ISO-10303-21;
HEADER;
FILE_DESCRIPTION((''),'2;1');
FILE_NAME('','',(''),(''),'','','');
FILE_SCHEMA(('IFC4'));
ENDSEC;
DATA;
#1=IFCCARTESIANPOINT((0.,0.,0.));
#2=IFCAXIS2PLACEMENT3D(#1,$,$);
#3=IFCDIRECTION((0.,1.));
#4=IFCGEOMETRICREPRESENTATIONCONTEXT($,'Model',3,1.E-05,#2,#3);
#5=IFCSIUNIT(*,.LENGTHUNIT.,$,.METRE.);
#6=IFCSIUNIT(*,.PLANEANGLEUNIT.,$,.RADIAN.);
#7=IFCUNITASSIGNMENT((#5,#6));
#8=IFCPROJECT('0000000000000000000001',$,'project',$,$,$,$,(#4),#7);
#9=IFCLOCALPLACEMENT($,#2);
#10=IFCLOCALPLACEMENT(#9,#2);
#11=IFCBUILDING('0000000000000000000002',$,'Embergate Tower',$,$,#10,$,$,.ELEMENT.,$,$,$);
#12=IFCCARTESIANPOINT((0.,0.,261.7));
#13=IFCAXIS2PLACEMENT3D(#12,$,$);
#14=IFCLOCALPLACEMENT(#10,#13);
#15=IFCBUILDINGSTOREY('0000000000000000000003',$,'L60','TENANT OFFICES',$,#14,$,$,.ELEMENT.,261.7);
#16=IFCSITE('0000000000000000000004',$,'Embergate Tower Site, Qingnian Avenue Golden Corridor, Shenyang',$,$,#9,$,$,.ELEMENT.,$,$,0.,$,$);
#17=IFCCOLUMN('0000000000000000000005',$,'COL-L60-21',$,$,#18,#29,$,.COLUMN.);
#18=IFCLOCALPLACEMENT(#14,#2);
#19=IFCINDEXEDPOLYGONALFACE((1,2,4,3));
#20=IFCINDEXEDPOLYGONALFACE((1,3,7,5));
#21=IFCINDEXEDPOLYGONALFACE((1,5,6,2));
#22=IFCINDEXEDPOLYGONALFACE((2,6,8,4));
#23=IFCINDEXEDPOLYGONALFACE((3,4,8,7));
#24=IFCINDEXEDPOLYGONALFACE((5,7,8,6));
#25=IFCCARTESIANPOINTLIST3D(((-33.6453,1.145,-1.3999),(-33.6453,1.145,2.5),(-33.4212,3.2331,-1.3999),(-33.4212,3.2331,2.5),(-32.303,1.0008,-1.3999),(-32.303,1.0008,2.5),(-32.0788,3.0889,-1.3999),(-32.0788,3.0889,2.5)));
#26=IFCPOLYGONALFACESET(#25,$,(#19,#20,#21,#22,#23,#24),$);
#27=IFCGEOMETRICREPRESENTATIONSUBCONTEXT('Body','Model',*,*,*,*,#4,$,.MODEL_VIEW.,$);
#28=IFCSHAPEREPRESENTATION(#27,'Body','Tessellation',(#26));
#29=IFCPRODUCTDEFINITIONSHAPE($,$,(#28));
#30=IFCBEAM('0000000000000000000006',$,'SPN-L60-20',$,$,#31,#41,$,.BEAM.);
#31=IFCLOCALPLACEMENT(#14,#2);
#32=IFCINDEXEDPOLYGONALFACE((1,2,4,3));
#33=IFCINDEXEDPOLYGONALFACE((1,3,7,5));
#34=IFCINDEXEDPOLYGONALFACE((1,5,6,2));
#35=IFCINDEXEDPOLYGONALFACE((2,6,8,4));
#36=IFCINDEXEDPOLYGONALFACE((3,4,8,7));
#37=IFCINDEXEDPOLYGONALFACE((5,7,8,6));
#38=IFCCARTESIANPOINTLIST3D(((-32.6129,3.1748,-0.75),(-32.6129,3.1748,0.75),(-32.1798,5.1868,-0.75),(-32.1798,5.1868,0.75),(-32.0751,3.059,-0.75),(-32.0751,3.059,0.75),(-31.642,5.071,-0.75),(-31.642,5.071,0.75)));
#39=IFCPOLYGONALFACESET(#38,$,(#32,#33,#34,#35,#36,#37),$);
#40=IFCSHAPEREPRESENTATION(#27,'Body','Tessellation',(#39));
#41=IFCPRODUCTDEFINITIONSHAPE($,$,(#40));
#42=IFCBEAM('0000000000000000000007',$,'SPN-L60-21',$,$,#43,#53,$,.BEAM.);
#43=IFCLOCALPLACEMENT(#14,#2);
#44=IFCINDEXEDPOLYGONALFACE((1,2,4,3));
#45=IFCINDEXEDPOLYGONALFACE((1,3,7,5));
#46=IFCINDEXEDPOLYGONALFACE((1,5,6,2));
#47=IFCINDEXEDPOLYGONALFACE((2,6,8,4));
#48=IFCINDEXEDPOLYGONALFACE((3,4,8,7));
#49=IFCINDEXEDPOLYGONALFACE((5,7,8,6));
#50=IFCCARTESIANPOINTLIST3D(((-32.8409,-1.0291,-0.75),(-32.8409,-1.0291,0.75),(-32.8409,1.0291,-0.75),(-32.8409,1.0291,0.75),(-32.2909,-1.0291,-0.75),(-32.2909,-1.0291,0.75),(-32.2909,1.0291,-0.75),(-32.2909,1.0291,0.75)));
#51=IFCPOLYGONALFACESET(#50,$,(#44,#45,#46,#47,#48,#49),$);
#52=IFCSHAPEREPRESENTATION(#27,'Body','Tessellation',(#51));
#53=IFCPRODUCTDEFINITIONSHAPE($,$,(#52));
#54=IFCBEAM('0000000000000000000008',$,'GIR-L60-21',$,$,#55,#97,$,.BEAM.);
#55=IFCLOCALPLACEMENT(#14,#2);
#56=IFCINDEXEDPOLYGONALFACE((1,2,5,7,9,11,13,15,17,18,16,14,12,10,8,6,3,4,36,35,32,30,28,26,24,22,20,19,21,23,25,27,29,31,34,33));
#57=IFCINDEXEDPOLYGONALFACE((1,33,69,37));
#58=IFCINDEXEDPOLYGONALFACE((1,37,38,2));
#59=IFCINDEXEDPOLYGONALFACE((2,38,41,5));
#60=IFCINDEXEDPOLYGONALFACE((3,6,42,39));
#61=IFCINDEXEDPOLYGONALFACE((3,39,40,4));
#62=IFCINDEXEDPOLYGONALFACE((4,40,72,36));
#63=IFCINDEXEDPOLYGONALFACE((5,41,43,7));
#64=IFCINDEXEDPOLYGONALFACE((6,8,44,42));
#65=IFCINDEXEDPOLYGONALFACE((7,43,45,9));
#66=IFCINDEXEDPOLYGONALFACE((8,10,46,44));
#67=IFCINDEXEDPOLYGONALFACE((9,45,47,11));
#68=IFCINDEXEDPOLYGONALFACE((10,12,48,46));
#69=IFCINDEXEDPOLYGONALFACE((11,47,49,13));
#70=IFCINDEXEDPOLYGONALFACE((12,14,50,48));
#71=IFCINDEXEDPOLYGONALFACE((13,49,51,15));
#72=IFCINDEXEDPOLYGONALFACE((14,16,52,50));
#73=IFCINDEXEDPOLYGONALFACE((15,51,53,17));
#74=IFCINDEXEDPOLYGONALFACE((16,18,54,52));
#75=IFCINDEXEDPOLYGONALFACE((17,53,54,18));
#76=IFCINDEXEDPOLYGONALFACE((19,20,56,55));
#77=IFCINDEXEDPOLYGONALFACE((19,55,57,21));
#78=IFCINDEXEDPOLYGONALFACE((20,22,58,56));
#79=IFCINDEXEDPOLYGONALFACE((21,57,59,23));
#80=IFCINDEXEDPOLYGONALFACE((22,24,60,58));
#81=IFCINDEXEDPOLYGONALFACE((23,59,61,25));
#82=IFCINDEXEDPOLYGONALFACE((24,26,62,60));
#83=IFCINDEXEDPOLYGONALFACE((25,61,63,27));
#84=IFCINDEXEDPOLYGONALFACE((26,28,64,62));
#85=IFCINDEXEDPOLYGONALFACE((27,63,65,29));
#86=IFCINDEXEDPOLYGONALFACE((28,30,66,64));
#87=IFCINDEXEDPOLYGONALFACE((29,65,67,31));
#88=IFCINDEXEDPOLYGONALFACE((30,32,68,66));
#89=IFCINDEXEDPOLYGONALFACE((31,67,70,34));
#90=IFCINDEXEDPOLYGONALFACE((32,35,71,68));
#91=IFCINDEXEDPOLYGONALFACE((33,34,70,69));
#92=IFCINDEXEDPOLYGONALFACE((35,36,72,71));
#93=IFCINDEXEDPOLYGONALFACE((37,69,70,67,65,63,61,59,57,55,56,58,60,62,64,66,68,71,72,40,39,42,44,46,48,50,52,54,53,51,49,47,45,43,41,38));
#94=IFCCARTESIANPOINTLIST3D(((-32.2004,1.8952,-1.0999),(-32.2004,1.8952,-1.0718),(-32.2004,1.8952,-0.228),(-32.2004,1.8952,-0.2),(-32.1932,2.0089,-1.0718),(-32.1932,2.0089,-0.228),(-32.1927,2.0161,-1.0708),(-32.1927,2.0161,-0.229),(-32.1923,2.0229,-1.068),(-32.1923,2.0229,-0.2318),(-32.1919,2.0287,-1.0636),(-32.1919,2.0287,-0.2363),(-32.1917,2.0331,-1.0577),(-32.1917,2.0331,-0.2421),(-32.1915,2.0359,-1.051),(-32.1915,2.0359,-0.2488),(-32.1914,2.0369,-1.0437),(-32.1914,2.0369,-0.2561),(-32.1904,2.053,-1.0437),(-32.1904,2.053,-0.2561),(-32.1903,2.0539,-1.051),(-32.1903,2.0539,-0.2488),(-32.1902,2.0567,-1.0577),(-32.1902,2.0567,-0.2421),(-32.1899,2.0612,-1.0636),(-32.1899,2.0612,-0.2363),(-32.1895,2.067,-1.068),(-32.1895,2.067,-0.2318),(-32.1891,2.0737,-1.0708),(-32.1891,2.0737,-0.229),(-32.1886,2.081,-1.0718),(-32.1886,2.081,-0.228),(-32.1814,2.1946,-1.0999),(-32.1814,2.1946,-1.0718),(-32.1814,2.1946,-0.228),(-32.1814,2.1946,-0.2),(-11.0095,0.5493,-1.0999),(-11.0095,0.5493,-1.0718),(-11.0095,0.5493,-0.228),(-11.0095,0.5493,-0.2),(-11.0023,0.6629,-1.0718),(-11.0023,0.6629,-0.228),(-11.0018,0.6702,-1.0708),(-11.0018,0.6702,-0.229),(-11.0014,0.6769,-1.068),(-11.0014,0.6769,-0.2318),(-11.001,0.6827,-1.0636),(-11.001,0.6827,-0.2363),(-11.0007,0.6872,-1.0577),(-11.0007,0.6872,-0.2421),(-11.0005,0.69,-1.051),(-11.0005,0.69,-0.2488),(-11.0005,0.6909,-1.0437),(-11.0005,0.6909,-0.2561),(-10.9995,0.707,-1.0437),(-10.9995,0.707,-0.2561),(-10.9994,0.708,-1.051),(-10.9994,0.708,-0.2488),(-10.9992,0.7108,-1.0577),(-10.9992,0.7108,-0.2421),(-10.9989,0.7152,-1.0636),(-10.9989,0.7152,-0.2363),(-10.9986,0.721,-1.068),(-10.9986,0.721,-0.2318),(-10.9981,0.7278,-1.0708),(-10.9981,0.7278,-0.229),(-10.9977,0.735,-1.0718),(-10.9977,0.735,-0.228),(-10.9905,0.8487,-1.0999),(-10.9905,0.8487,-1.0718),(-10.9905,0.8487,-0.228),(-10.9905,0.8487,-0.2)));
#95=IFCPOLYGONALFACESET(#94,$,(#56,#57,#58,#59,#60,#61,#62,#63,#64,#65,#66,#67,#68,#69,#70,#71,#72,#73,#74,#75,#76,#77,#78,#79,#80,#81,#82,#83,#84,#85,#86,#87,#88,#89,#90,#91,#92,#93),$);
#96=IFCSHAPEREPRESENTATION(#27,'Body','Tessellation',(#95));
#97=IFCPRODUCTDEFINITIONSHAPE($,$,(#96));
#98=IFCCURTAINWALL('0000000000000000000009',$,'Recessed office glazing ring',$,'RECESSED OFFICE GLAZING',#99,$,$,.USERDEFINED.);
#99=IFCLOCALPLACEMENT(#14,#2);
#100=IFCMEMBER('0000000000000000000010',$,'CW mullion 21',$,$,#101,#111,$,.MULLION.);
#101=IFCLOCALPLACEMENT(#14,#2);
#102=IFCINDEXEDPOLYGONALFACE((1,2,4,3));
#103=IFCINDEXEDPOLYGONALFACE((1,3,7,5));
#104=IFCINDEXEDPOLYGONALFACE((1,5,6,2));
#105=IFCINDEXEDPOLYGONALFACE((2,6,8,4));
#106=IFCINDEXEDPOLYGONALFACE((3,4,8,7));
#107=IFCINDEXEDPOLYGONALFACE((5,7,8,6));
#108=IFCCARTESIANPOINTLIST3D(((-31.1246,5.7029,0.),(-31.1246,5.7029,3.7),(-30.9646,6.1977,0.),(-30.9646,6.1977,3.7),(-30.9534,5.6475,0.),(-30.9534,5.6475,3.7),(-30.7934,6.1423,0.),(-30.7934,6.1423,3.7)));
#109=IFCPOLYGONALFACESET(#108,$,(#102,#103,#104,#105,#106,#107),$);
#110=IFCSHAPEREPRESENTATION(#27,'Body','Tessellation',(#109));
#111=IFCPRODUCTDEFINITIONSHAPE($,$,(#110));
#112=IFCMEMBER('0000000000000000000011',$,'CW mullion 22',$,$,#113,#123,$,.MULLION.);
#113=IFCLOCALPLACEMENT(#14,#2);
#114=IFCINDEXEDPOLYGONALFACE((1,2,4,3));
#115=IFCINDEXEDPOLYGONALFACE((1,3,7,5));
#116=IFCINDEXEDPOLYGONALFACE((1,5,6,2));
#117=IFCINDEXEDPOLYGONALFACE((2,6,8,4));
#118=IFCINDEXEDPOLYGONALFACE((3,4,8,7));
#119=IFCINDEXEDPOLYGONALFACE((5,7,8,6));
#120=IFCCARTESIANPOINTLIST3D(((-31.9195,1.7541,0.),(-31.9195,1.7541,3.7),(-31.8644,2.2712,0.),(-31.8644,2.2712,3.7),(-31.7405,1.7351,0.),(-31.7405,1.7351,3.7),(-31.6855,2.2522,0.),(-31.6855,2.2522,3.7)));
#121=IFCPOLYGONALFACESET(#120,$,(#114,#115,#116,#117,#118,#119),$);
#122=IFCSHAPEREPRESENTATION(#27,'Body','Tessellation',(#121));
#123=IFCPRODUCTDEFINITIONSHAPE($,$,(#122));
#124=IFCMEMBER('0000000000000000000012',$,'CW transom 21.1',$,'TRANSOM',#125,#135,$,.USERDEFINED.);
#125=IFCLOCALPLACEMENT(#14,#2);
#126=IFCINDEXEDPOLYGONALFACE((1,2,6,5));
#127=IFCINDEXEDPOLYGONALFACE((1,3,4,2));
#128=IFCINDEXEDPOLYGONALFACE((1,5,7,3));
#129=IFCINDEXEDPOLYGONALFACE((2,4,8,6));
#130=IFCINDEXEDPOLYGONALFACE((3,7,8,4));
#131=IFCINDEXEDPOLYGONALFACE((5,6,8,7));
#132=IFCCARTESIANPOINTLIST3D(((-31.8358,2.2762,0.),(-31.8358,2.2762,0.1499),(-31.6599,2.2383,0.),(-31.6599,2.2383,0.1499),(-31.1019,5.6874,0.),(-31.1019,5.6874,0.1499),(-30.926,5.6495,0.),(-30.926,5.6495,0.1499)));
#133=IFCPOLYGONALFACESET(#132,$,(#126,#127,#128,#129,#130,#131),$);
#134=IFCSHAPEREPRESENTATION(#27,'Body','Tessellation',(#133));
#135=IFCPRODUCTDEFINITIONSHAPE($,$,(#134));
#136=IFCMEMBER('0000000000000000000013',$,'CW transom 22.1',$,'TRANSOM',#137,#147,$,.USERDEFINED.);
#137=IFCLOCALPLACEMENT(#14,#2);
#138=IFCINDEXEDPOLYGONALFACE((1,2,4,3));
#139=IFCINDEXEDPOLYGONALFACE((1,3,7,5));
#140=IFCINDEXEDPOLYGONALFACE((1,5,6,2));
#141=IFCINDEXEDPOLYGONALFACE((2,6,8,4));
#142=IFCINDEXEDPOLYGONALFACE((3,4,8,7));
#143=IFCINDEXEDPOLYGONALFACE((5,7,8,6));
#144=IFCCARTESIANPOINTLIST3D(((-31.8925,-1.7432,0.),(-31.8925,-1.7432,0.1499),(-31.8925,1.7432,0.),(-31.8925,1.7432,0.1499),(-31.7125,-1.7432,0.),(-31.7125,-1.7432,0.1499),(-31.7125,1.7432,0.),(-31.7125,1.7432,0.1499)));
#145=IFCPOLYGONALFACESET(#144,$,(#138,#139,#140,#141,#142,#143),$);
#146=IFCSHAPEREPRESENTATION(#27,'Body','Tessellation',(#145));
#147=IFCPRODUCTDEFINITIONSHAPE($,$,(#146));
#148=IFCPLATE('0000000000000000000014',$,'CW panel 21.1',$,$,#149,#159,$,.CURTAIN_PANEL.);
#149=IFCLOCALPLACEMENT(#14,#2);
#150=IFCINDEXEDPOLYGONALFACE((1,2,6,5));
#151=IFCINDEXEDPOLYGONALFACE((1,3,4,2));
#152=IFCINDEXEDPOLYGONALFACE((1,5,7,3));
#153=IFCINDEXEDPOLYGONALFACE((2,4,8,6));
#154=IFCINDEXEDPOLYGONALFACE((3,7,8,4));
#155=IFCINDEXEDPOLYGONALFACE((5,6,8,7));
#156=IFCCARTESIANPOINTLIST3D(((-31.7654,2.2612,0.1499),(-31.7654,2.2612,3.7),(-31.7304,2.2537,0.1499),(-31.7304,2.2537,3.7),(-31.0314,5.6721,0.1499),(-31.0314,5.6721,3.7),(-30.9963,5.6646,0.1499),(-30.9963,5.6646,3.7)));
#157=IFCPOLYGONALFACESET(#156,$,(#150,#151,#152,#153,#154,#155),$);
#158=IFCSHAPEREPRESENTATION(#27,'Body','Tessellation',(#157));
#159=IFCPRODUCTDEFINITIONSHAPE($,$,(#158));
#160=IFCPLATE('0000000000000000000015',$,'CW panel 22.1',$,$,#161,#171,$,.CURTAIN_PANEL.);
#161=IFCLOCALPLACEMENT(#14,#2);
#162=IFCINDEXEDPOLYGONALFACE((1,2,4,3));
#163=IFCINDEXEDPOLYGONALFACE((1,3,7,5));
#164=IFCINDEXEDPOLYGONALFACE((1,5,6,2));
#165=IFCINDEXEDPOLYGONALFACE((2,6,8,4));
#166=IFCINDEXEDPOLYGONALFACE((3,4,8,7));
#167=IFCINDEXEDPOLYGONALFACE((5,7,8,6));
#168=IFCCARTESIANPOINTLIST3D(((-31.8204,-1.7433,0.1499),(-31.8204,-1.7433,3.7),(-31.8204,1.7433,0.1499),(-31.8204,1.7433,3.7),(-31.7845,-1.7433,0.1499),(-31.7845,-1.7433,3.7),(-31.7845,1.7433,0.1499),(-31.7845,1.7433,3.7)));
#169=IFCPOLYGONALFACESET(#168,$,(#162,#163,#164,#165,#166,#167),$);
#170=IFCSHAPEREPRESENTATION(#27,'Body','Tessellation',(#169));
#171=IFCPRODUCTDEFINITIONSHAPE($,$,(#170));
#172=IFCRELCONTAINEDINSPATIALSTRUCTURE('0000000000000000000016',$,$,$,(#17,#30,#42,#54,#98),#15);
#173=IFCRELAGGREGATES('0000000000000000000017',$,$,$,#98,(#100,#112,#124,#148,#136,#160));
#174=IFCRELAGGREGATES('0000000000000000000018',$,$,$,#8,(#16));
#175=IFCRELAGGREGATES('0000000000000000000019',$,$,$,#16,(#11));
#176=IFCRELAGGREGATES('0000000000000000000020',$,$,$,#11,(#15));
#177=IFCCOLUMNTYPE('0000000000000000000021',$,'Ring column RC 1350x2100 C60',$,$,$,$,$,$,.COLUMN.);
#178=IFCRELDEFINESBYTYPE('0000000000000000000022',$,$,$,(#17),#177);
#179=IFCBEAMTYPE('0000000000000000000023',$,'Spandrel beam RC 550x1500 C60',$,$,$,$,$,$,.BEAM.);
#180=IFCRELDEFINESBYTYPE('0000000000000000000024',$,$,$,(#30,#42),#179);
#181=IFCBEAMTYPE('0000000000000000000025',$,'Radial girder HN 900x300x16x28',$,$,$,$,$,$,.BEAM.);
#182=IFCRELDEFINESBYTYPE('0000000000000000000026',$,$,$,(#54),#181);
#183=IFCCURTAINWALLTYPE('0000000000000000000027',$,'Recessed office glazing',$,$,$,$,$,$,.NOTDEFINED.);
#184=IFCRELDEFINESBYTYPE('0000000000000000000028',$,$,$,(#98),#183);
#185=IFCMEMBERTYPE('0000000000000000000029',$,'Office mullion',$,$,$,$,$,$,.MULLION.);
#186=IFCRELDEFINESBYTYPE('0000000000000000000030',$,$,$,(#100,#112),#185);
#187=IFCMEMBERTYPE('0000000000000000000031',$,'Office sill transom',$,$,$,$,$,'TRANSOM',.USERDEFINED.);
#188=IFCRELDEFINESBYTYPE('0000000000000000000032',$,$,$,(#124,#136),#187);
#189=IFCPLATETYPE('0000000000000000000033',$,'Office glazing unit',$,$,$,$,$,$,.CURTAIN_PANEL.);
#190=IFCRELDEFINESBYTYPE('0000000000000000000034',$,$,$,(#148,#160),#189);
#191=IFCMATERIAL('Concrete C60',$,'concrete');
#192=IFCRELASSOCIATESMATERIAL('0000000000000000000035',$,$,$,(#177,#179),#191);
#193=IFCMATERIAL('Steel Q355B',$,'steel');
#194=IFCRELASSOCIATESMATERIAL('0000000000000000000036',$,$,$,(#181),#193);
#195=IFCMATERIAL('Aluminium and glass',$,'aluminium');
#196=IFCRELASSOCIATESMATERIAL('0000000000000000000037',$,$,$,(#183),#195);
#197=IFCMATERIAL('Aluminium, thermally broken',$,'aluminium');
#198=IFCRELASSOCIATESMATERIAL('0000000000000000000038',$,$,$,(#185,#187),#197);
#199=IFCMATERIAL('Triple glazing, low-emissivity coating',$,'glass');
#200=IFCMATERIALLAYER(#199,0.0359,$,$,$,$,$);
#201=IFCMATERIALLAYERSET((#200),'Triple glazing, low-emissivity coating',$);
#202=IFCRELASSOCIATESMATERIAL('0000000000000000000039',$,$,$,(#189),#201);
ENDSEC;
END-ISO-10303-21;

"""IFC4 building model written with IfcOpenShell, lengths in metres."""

from ifc_helpers import new_model, si_unit, direction, frame, origin, origin_2d, place, context, subcontext, project, spatial, rectangle, i_section, extrude, source, transform, mapped, material, layer, layer_set, material_profile, profile_set, type_object, element, aggregate, save


model = new_model("IFC4")

# Units and contexts
model_context = context("Model", 3, precision=1e-05, world=origin(), true_north=direction((0.0, 1.0)))
body_context = subcontext(model_context, "Body", "Model", "MODEL_VIEW")
ifc_project = project(units=[si_unit("LENGTHUNIT", "METRE"), si_unit("PLANEANGLEUNIT", "RADIAN")], contexts=[model_context])

# Site, building, storey
site_placement = place(None, origin())
site = spatial("IfcSite", under=ifc_project, at=site_placement, Name="Embergate Tower Site, Qingnian Avenue Golden Corridor, Shenyang", CompositionType="ELEMENT", RefElevation=0.0)
building_placement = place(site_placement, origin())
building = spatial("IfcBuilding", under=site, at=building_placement, Name="Embergate Tower", CompositionType="ELEMENT")
storey_placement = place(building_placement, frame((0.0, 0.0, 261.7)))
storey = spatial("IfcBuildingStorey", under=building, at=storey_placement, Name="L60", Description="TENANT OFFICES", CompositionType="ELEMENT", Elevation=261.7)

# Column
ifc_material_1 = material(Name="Concrete C60", Category="concrete")
ifc_material_profile_1 = material_profile(ifc_material_1, rectangle(XDim=1.3501, YDim=2.1001, at=origin_2d()), Name="RC 1350x2100")
ifc_profile_set_1 = profile_set([ifc_material_profile_1], Name="Concrete C60")
column_type = type_object("IfcColumnType", Name="Ring column RC 1350x2100 C60", PredefinedType="COLUMN", material=ifc_profile_set_1)
shared_shape_1 = source(origin(), body_context, "Body", "SweptSolid", [
    extrude(rectangle(XDim=1.3501, YDim=2.1001, at=origin_2d()), origin(), (0.0, 0.0, 1.0), 3.8999),
])
column_placement = place(storey_placement, frame((-32.8621, 2.1169, -1.3999), z_axis=(0.0, 0.0, 1.0), x_axis=(-0.994286, 0.10675, 0.0)))
element("IfcColumn", 1, at=column_placement, inside=storey, type_object=column_type, Name="COL-L60-21", PredefinedType="COLUMN", context=body_context, shape_type="MappedRepresentation", body=[
    mapped(shared_shape_1, transform((0.0, 0.0, 0.0))),
])

# Beams
ifc_material_profile_2 = material_profile(ifc_material_1, rectangle(XDim=0.55, YDim=1.5, at=origin_2d()), Name="RC 550x1500")
ifc_profile_set_2 = profile_set([ifc_material_profile_2], Name="Concrete C60")
beam_type_1 = type_object("IfcBeamType", Name="Spandrel beam RC 550x1500 C60", PredefinedType="BEAM", material=ifc_profile_set_2)
shared_shape_2 = source(origin(), body_context, "Body", "SweptSolid", [
    extrude(rectangle(XDim=0.55, YDim=1.5, at=origin_2d()), origin(), (0.0, 0.0, 1.0), 2.0581),
])
for number, where, z_axis, x_axis, name in (
    (2, (-31.9109, 5.1289, 0.0), (-0.210444, -0.977606, 0.0), (0.977606, -0.210444, 0.0), "SPN-L60-20"),
    (3, (-32.5659, 1.0291, 0.0), (0.0, -1.0, 0.0), (1.0, 0.0, 0.0), "SPN-L60-21"),
):
    element("IfcBeam", number, at=place(storey_placement, frame(where, z_axis=z_axis, x_axis=x_axis)), inside=storey, type_object=beam_type_1, Name=name, PredefinedType="BEAM", context=body_context, shape_type="MappedRepresentation", body=[
        mapped(shared_shape_2, transform((0.0, 0.0, 0.0))),
    ])
ifc_material_2 = material(Name="Steel Q355B", Category="steel")
ifc_material_profile_3 = material_profile(ifc_material_2, i_section(OverallWidth=0.3, OverallDepth=0.8999, WebThickness=0.0161, FlangeThickness=0.0281, FilletRadius=0.0281, at=origin_2d()), Name="HN 900x300x16x28")
ifc_profile_set_3 = profile_set([ifc_material_profile_3], Name="Steel Q355 grade B")
beam_type_2 = type_object("IfcBeamType", Name="Radial girder HN 900x300x16x28", PredefinedType="BEAM", material=ifc_profile_set_3)
shared_shape_3 = source(origin(), body_context, "Body", "SweptSolid", [
    extrude(i_section(OverallWidth=0.3, OverallDepth=0.8999, WebThickness=0.0161, FlangeThickness=0.0281, FilletRadius=0.0281, at=origin_2d()), origin(), (0.0, 0.0, 1.0), 21.2336),
])
beam_placement = place(storey_placement, frame((-32.1909, 2.0449, -0.6499), z_axis=(0.997989, -0.063388, 0.0), x_axis=(0.063388, 0.997989, 0.0)))
element("IfcBeam", 4, at=beam_placement, inside=storey, type_object=beam_type_2, Name="GIR-L60-21", PredefinedType="BEAM", context=body_context, shape_type="MappedRepresentation", body=[
    mapped(shared_shape_3, transform((0.0, 0.0, 0.0))),
])

# Curtain wall, members, plates
ifc_material_3 = material(Name="Aluminium and glass", Category="aluminium")
curtain_wall_type = type_object("IfcCurtainWallType", Name="Recessed office glazing", PredefinedType="NOTDEFINED", material=ifc_material_3)
curtain_wall_placement = place(storey_placement, origin())
curtain_wall = element("IfcCurtainWall", 5, at=curtain_wall_placement, inside=storey, type_object=curtain_wall_type, Name="Recessed office glazing ring", ObjectType="RECESSED OFFICE GLAZING", PredefinedType="USERDEFINED")
ifc_material_4 = material(Name="Aluminium, thermally broken", Category="aluminium")
ifc_material_profile_4 = material_profile(ifc_material_4, rectangle(XDim=0.1799, YDim=0.52, at=origin_2d()), Name="AL 520x180")
ifc_profile_set_4 = profile_set([ifc_material_profile_4], Name="Aluminium, thermally broken")
member_type_1 = type_object("IfcMemberType", Name="Office mullion", PredefinedType="MULLION", material=ifc_profile_set_4)
shared_shape_4 = source(origin(), body_context, "Body", "SweptSolid", [
    extrude(rectangle(XDim=0.1799, YDim=0.52, at=origin_2d()), origin(), (0.0, 0.0, 1.0), 3.7),
])
member_1_placement = place(storey_placement, frame((-30.959, 5.9226, 0.0), z_axis=(0.0, 0.0, 1.0), x_axis=(0.951494, -0.307667, 0.0)))
member_1 = element("IfcMember", 6, at=member_1_placement, type_object=member_type_1, Name="CW mullion 21", PredefinedType="MULLION", context=body_context, shape_type="MappedRepresentation", body=[
    mapped(shared_shape_4, transform((0.0, 0.0, 0.0))),
])
member_2_placement = place(storey_placement, frame((-31.8025, 2.0032, 0.0), z_axis=(0.0, 0.0, 1.0), x_axis=(0.994384, -0.105828, 0.0)))
member_2 = element("IfcMember", 7, at=member_2_placement, type_object=member_type_1, Name="CW mullion 22", PredefinedType="MULLION", context=body_context, shape_type="MappedRepresentation", body=[
    mapped(shared_shape_4, transform((0.0, 0.0, 0.0))),
])
ifc_material_profile_5 = material_profile(ifc_material_4, rectangle(XDim=0.1799, YDim=0.1499, at=origin_2d()), Name="AL 150x180")
ifc_profile_set_5 = profile_set([ifc_material_profile_5], Name="Aluminium, thermally broken")
member_type_2 = type_object("IfcMemberType", Name="Office sill transom", ElementType="TRANSOM", PredefinedType="USERDEFINED", material=ifc_profile_set_5)
shared_shape_5 = source(origin(), body_context, "Body", "SweptSolid", [
    extrude(rectangle(XDim=0.1799, YDim=0.1499, at=origin_2d()), origin(), (0.0, 0.0, 1.0), 3.4893),
])
member_3_placement = place(storey_placement, frame((-31.0139, 5.6685, 0.075), z_axis=(-0.210332, -0.97763, 0.0), x_axis=(0.97763, -0.210332, 0.0)))
member_3 = element("IfcMember", 8, at=member_3_placement, type_object=member_type_2, Name="CW transom 21.1", ObjectType="TRANSOM", PredefinedType="USERDEFINED", context=body_context, shape_type="MappedRepresentation", body=[
    mapped(shared_shape_5, transform((0.0, 0.0, 0.0))),
])
shared_shape_6 = source(origin(), body_context, "Body", "SweptSolid", [
    extrude(rectangle(XDim=0.1799, YDim=0.1499, at=origin_2d()), origin(), (0.0, 0.0, 1.0), 3.4863),
])
member_4_placement = place(storey_placement, frame((-31.8025, 1.7432, 0.075), z_axis=(0.0, -1.0, 0.0), x_axis=(1.0, 0.0, 0.0)))
member_4 = element("IfcMember", 9, at=member_4_placement, type_object=member_type_2, Name="CW transom 22.1", ObjectType="TRANSOM", PredefinedType="USERDEFINED", context=body_context, shape_type="MappedRepresentation", body=[
    mapped(shared_shape_6, transform((0.0, 0.0, 0.0))),
])
ifc_material_5 = material(Name="Triple glazing, low-emissivity coating", Category="glass")
ifc_layer_1 = layer(ifc_material_5, 0.0359)
ifc_layer_set_1 = layer_set([ifc_layer_1], Name="Triple glazing, low-emissivity coating")
plate_type = type_object("IfcPlateType", Name="Office glazing unit", PredefinedType="CURTAIN_PANEL", material=ifc_layer_set_1)
shared_shape_7 = source(origin(), body_context, "Body", "SweptSolid", [
    extrude(rectangle(XDim=3.489, YDim=0.0359, at=origin_2d()), origin(), (0.0, 0.0, 1.0), 3.55),
])
plate_1_placement = place(storey_placement, frame((-31.3809, 3.9629, 0.1499), z_axis=(0.0, 0.0, 1.0), x_axis=(-0.210402, -0.977615, 0.0)))
plate_1 = element("IfcPlate", 10, at=plate_1_placement, type_object=plate_type, Name="CW panel 21.1", PredefinedType="CURTAIN_PANEL", context=body_context, shape_type="MappedRepresentation", body=[
    mapped(shared_shape_7, transform((0.0, 0.0, 0.0))),
])
shared_shape_8 = source(origin(), body_context, "Body", "SweptSolid", [
    extrude(rectangle(XDim=3.4866, YDim=0.0359, at=origin_2d()), origin(), (0.0, 0.0, 1.0), 3.55),
])
plate_2_placement = place(storey_placement, frame((-31.8025, 0.0, 0.1499), z_axis=(0.0, 0.0, 1.0), x_axis=(0.0, -1.0, 0.0)))
plate_2 = element("IfcPlate", 11, at=plate_2_placement, type_object=plate_type, Name="CW panel 22.1", PredefinedType="CURTAIN_PANEL", context=body_context, shape_type="MappedRepresentation", body=[
    mapped(shared_shape_8, transform((0.0, 0.0, 0.0))),
])
aggregate(curtain_wall, [member_1, member_2, member_3, plate_1, member_4, plate_2])

save(model, "model.ifc")
